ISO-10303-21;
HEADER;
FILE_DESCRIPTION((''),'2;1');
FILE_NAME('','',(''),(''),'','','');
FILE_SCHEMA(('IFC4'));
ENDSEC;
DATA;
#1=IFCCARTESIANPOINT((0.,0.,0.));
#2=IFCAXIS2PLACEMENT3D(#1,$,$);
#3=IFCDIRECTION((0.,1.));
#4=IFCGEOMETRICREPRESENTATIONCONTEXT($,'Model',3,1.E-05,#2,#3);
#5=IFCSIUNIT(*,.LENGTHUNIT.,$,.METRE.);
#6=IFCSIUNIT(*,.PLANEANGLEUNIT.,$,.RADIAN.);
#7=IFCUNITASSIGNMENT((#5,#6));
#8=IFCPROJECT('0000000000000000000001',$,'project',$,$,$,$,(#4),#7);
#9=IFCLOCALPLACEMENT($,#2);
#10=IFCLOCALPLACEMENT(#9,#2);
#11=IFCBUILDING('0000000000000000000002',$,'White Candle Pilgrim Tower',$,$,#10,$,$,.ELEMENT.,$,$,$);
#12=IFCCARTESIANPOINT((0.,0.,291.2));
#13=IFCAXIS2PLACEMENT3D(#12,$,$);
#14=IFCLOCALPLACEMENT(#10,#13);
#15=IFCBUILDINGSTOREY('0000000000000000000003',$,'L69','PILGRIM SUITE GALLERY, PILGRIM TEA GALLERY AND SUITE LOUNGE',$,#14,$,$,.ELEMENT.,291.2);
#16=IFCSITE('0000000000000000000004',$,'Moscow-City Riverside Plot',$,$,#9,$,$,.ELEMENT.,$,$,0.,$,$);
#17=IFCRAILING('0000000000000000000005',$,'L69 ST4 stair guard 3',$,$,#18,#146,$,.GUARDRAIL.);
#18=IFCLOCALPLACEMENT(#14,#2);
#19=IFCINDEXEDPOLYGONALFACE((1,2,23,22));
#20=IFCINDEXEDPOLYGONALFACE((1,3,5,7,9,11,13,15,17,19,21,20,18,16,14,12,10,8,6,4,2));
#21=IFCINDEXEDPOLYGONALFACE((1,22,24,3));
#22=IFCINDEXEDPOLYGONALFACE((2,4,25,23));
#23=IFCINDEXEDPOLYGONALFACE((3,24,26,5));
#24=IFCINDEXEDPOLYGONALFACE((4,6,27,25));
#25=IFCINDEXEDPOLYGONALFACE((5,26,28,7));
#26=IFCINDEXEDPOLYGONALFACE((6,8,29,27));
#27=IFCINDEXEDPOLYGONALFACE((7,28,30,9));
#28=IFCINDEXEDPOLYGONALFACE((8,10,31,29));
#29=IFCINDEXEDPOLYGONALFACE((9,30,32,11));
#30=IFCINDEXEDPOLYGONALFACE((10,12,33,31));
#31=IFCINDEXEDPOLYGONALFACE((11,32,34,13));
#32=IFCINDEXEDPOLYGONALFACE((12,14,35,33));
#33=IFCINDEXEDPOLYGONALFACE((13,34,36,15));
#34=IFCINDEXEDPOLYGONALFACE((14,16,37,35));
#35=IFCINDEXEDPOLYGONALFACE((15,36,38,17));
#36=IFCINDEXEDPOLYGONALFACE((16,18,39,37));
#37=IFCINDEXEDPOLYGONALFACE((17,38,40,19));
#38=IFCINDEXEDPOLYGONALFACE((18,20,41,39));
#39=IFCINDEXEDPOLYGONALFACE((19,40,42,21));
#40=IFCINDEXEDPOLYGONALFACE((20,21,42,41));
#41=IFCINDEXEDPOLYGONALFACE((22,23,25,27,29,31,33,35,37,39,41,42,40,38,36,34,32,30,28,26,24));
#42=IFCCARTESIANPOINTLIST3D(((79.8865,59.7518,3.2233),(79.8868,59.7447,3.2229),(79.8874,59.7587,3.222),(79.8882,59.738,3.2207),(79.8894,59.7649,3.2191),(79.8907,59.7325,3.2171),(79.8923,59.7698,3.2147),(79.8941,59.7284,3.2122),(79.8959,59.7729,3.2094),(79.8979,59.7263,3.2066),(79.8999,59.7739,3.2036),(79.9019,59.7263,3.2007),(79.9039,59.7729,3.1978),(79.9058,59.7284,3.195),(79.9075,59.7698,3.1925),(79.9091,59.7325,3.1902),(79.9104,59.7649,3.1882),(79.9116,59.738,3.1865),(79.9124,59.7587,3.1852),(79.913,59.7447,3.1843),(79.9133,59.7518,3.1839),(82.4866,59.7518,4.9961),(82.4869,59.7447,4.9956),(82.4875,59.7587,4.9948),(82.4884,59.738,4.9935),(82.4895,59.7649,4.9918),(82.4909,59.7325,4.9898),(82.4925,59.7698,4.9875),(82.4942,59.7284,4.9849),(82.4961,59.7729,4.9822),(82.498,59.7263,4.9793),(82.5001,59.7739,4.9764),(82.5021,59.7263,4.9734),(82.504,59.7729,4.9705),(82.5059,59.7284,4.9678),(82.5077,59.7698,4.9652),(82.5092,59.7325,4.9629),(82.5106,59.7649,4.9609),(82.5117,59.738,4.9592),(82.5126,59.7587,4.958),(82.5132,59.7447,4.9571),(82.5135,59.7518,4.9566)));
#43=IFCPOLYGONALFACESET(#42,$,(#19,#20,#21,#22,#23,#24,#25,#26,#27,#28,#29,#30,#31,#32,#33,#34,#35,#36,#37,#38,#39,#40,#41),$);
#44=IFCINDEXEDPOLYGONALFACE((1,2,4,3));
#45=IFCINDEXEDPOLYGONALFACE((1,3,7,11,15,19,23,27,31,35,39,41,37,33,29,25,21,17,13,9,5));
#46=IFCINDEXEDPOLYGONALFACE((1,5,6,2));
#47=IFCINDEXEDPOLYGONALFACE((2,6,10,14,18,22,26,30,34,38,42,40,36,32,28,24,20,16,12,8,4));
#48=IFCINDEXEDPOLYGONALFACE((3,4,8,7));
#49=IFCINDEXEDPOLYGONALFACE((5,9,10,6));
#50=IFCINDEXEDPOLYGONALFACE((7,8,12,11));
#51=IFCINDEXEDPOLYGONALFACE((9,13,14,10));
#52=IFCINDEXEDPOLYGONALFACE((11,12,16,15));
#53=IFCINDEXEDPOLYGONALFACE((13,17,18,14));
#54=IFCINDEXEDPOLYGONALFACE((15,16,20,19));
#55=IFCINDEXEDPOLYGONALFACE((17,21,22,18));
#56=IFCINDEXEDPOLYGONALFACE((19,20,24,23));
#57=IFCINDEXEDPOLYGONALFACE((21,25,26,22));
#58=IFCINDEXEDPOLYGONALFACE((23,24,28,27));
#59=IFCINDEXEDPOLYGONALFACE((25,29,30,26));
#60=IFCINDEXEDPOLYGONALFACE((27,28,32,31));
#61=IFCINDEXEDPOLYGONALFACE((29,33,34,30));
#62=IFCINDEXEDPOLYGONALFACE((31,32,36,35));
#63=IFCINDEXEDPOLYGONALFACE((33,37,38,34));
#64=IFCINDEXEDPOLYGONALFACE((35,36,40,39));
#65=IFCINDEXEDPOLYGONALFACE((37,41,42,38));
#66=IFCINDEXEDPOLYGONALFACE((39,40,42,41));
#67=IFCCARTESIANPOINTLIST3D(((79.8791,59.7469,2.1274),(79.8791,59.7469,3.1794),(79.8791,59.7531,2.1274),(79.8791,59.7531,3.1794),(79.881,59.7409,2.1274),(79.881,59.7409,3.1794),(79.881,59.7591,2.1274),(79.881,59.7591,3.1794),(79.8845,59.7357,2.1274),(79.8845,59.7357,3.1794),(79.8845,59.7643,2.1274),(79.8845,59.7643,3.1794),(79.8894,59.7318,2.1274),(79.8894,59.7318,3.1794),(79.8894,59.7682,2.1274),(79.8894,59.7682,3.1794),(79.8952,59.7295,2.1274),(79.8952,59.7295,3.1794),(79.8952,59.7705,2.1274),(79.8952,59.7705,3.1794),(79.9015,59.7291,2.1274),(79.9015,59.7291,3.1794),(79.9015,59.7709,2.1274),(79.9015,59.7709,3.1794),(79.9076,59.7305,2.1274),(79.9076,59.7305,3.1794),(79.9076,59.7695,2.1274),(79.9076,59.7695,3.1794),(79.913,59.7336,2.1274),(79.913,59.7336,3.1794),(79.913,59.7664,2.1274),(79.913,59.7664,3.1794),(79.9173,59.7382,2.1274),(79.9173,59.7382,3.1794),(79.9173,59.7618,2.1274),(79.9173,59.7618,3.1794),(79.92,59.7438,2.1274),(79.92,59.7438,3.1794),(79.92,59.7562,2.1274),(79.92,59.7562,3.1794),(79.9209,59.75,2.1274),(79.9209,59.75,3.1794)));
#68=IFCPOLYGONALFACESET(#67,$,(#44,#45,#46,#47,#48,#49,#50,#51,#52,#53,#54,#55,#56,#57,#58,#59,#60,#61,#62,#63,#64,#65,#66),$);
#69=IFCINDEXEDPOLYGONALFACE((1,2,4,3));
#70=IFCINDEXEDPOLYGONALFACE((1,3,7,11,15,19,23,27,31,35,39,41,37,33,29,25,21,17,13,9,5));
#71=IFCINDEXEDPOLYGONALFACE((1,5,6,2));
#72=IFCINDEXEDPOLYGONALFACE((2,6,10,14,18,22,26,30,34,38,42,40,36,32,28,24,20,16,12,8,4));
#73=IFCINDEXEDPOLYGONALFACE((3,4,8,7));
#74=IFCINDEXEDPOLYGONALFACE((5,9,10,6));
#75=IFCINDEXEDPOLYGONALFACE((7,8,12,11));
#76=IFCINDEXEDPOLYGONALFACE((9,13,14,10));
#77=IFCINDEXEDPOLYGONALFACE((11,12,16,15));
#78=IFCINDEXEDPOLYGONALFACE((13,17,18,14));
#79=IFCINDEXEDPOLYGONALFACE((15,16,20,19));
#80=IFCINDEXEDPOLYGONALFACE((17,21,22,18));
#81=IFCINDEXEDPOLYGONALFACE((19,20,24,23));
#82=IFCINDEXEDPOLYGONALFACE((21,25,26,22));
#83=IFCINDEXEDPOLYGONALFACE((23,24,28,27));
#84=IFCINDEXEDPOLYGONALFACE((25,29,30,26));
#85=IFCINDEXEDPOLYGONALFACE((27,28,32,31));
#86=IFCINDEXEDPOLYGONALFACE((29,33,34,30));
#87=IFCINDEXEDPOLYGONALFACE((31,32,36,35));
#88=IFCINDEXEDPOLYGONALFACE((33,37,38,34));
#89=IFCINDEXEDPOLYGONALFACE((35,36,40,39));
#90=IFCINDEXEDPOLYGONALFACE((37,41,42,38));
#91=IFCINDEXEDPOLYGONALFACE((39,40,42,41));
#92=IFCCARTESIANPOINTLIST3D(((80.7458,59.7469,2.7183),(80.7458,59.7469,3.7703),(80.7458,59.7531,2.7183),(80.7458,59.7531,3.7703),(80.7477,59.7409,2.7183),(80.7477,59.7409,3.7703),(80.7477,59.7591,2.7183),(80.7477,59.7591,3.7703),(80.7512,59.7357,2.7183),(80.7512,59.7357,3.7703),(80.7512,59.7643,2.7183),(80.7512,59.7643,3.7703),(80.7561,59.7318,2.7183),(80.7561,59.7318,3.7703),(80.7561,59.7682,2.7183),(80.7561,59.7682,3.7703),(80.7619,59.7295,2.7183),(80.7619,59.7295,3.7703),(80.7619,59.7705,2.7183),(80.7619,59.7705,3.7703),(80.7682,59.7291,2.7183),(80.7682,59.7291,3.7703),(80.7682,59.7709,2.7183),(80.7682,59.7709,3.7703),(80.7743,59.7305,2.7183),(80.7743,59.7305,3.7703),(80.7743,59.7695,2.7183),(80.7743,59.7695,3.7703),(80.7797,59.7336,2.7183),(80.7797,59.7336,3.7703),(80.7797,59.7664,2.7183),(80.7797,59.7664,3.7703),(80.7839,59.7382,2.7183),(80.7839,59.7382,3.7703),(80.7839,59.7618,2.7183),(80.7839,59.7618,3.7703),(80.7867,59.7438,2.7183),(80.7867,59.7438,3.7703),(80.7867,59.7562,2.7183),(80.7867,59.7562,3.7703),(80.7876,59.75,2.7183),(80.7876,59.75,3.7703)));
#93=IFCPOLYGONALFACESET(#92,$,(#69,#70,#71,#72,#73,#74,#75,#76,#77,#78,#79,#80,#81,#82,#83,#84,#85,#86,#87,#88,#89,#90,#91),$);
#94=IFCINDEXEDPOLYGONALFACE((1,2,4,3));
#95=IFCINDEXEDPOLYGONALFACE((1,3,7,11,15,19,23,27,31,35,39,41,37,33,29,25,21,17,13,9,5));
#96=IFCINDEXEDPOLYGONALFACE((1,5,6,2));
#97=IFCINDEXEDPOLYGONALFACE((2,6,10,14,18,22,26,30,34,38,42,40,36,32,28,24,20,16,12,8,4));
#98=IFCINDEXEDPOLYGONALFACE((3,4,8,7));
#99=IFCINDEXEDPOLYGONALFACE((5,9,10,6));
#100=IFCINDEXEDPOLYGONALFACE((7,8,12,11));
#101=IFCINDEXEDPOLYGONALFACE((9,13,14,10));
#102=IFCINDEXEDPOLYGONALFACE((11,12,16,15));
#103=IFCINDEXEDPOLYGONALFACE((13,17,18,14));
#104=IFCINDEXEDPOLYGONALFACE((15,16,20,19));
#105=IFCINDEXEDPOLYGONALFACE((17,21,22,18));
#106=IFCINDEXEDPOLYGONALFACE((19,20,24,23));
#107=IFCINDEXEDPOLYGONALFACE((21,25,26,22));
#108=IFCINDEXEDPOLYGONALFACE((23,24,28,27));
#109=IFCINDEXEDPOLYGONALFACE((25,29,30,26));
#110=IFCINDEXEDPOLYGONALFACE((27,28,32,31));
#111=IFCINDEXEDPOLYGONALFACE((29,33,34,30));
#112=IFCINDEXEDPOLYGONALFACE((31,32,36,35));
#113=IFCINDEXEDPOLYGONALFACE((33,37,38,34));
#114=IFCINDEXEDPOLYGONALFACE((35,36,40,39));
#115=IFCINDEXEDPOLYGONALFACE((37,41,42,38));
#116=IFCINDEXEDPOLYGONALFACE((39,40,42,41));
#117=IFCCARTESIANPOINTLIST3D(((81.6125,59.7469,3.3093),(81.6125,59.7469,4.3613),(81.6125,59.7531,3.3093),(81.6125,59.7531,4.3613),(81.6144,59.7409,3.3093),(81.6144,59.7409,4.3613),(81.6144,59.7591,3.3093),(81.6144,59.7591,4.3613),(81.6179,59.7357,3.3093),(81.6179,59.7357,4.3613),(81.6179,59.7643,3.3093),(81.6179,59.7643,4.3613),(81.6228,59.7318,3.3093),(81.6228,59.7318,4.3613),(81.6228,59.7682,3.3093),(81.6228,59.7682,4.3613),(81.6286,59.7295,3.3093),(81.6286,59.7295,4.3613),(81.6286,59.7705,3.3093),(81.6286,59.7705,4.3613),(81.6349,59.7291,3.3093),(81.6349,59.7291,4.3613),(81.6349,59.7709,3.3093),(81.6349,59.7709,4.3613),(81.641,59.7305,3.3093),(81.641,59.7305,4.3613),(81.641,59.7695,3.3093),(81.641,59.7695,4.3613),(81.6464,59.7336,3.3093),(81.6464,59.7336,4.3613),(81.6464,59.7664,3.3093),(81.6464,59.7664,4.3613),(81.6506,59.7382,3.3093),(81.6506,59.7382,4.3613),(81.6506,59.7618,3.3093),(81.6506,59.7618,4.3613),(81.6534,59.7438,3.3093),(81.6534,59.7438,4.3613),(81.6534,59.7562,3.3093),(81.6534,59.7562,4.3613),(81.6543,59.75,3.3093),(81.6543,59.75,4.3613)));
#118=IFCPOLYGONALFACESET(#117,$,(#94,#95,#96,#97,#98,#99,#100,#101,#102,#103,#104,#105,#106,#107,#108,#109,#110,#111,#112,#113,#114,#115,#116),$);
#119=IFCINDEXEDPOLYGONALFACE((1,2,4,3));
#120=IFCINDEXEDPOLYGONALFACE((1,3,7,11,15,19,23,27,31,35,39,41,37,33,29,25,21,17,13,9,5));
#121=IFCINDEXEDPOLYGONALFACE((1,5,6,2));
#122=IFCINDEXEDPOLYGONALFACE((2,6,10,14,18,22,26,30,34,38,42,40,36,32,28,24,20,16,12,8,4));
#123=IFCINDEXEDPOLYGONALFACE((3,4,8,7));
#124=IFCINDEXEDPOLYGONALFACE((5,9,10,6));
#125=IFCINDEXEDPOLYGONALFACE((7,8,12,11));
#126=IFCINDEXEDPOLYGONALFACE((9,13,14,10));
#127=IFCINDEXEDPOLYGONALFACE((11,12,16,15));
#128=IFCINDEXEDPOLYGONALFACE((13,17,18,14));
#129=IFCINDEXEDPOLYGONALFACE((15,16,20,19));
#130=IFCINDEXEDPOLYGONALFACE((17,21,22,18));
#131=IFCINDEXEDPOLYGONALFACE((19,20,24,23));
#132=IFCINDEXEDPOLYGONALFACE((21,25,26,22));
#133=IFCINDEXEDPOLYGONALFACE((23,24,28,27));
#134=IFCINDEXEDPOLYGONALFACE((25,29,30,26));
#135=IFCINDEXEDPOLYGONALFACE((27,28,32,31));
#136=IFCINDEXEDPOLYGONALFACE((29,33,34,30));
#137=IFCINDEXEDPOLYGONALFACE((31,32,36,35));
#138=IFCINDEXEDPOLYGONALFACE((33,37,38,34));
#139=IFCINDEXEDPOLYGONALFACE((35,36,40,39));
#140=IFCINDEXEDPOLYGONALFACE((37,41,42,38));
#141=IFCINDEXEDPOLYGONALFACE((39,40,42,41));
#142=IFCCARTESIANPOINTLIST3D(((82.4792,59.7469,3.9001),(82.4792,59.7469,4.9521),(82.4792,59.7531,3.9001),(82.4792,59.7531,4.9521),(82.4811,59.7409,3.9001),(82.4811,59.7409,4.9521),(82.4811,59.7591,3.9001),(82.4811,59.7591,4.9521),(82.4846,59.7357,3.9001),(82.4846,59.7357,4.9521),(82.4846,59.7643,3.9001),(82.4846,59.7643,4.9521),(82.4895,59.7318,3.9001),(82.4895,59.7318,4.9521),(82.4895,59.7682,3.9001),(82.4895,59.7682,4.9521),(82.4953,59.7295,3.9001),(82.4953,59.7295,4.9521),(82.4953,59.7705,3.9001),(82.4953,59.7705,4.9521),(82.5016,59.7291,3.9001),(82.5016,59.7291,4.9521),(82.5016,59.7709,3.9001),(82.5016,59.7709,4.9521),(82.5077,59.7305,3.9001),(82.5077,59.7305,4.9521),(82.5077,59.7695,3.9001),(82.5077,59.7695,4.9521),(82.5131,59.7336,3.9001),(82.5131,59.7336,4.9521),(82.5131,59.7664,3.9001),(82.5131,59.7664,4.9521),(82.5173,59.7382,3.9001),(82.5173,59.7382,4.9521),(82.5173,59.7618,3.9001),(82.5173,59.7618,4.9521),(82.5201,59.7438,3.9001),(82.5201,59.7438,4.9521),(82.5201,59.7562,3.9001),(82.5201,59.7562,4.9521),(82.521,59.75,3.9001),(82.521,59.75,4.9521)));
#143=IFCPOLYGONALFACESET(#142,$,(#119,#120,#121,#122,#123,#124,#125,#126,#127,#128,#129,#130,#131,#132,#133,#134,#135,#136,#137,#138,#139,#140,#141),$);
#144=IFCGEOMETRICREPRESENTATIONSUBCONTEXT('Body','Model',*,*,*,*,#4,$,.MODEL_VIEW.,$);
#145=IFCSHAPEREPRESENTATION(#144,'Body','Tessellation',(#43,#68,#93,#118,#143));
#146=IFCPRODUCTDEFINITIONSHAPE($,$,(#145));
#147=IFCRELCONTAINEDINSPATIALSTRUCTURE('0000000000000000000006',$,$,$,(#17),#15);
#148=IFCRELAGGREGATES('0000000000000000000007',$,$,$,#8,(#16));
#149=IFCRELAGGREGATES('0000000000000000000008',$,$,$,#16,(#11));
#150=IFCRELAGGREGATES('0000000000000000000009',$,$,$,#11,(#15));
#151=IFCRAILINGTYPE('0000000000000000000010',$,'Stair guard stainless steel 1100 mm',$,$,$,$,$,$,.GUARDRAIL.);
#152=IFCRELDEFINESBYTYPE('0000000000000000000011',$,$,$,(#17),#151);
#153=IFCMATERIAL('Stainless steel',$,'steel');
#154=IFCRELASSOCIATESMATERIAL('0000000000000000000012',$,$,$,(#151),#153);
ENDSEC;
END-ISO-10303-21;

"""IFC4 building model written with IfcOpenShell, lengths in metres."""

from ifc_helpers import new_model, si_unit, direction, frame, origin, origin_2d, place, context, subcontext, project, spatial, circle, extrude, material, type_object, element, save


model = new_model("IFC4")

# Units and contexts
model_context = context("Model", 3, precision=1e-05, world=origin(), true_north=direction((0.0, 1.0)))
body_context = subcontext(model_context, "Body", "Model", "MODEL_VIEW")
ifc_project = project(units=[si_unit("LENGTHUNIT", "METRE"), si_unit("PLANEANGLEUNIT", "RADIAN")], contexts=[model_context])

# Site, building, storey
site_placement = place(None, origin())
site = spatial("IfcSite", under=ifc_project, at=site_placement, Name="Moscow-City Riverside Plot", CompositionType="ELEMENT", RefElevation=0.0)
building_placement = place(site_placement, origin())
building = spatial("IfcBuilding", under=site, at=building_placement, Name="White Candle Pilgrim Tower", CompositionType="ELEMENT")
storey_placement = place(building_placement, frame((0.0, 0.0, 291.2)))
storey = spatial("IfcBuildingStorey", under=building, at=storey_placement, Name="L69", Description="PILGRIM SUITE GALLERY, PILGRIM TEA GALLERY AND SUITE LOUNGE", CompositionType="ELEMENT", Elevation=291.2)

# Railing
ifc_material_1 = material(Name="Stainless steel", Category="steel")
railing_type = type_object("IfcRailingType", Name="Stair guard stainless steel 1100 mm", PredefinedType="GUARDRAIL", material=ifc_material_1)
railing_1_placement = place(storey_placement, frame((79.8999, 59.75, 2.1274)))
element("IfcRailing", 1, at=railing_1_placement, inside=storey, type_object=railing_type, Name="L69 ST4 stair guard 3", PredefinedType="GUARDRAIL", context=body_context, shape_type="SweptSolid", body=[
    extrude(circle(Radius=0.0239, at=origin_2d()), frame((0.0, 0.0, 1.0762), z_axis=(0.82624, 0.0, 0.563318), x_axis=(0.0, 1.0, 0.0)), (0.0, 0.0, 1.0), 3.147),
    extrude(circle(Radius=0.021, at=origin_2d()), origin(), (0.0, 0.0, 1.0), 1.052),
    extrude(circle(Radius=0.021, at=origin_2d()), frame((0.8667, 0.0, 0.5908)), (0.0, 0.0, 1.0), 1.052),
    extrude(circle(Radius=0.021, at=origin_2d()), frame((1.7334, 0.0, 1.1819)), (0.0, 0.0, 1.0), 1.052),
    extrude(circle(Radius=0.021, at=origin_2d()), frame((2.6001, 0.0, 1.7727)), (0.0, 0.0, 1.0), 1.052),
])

save(model, "model.ifc")
